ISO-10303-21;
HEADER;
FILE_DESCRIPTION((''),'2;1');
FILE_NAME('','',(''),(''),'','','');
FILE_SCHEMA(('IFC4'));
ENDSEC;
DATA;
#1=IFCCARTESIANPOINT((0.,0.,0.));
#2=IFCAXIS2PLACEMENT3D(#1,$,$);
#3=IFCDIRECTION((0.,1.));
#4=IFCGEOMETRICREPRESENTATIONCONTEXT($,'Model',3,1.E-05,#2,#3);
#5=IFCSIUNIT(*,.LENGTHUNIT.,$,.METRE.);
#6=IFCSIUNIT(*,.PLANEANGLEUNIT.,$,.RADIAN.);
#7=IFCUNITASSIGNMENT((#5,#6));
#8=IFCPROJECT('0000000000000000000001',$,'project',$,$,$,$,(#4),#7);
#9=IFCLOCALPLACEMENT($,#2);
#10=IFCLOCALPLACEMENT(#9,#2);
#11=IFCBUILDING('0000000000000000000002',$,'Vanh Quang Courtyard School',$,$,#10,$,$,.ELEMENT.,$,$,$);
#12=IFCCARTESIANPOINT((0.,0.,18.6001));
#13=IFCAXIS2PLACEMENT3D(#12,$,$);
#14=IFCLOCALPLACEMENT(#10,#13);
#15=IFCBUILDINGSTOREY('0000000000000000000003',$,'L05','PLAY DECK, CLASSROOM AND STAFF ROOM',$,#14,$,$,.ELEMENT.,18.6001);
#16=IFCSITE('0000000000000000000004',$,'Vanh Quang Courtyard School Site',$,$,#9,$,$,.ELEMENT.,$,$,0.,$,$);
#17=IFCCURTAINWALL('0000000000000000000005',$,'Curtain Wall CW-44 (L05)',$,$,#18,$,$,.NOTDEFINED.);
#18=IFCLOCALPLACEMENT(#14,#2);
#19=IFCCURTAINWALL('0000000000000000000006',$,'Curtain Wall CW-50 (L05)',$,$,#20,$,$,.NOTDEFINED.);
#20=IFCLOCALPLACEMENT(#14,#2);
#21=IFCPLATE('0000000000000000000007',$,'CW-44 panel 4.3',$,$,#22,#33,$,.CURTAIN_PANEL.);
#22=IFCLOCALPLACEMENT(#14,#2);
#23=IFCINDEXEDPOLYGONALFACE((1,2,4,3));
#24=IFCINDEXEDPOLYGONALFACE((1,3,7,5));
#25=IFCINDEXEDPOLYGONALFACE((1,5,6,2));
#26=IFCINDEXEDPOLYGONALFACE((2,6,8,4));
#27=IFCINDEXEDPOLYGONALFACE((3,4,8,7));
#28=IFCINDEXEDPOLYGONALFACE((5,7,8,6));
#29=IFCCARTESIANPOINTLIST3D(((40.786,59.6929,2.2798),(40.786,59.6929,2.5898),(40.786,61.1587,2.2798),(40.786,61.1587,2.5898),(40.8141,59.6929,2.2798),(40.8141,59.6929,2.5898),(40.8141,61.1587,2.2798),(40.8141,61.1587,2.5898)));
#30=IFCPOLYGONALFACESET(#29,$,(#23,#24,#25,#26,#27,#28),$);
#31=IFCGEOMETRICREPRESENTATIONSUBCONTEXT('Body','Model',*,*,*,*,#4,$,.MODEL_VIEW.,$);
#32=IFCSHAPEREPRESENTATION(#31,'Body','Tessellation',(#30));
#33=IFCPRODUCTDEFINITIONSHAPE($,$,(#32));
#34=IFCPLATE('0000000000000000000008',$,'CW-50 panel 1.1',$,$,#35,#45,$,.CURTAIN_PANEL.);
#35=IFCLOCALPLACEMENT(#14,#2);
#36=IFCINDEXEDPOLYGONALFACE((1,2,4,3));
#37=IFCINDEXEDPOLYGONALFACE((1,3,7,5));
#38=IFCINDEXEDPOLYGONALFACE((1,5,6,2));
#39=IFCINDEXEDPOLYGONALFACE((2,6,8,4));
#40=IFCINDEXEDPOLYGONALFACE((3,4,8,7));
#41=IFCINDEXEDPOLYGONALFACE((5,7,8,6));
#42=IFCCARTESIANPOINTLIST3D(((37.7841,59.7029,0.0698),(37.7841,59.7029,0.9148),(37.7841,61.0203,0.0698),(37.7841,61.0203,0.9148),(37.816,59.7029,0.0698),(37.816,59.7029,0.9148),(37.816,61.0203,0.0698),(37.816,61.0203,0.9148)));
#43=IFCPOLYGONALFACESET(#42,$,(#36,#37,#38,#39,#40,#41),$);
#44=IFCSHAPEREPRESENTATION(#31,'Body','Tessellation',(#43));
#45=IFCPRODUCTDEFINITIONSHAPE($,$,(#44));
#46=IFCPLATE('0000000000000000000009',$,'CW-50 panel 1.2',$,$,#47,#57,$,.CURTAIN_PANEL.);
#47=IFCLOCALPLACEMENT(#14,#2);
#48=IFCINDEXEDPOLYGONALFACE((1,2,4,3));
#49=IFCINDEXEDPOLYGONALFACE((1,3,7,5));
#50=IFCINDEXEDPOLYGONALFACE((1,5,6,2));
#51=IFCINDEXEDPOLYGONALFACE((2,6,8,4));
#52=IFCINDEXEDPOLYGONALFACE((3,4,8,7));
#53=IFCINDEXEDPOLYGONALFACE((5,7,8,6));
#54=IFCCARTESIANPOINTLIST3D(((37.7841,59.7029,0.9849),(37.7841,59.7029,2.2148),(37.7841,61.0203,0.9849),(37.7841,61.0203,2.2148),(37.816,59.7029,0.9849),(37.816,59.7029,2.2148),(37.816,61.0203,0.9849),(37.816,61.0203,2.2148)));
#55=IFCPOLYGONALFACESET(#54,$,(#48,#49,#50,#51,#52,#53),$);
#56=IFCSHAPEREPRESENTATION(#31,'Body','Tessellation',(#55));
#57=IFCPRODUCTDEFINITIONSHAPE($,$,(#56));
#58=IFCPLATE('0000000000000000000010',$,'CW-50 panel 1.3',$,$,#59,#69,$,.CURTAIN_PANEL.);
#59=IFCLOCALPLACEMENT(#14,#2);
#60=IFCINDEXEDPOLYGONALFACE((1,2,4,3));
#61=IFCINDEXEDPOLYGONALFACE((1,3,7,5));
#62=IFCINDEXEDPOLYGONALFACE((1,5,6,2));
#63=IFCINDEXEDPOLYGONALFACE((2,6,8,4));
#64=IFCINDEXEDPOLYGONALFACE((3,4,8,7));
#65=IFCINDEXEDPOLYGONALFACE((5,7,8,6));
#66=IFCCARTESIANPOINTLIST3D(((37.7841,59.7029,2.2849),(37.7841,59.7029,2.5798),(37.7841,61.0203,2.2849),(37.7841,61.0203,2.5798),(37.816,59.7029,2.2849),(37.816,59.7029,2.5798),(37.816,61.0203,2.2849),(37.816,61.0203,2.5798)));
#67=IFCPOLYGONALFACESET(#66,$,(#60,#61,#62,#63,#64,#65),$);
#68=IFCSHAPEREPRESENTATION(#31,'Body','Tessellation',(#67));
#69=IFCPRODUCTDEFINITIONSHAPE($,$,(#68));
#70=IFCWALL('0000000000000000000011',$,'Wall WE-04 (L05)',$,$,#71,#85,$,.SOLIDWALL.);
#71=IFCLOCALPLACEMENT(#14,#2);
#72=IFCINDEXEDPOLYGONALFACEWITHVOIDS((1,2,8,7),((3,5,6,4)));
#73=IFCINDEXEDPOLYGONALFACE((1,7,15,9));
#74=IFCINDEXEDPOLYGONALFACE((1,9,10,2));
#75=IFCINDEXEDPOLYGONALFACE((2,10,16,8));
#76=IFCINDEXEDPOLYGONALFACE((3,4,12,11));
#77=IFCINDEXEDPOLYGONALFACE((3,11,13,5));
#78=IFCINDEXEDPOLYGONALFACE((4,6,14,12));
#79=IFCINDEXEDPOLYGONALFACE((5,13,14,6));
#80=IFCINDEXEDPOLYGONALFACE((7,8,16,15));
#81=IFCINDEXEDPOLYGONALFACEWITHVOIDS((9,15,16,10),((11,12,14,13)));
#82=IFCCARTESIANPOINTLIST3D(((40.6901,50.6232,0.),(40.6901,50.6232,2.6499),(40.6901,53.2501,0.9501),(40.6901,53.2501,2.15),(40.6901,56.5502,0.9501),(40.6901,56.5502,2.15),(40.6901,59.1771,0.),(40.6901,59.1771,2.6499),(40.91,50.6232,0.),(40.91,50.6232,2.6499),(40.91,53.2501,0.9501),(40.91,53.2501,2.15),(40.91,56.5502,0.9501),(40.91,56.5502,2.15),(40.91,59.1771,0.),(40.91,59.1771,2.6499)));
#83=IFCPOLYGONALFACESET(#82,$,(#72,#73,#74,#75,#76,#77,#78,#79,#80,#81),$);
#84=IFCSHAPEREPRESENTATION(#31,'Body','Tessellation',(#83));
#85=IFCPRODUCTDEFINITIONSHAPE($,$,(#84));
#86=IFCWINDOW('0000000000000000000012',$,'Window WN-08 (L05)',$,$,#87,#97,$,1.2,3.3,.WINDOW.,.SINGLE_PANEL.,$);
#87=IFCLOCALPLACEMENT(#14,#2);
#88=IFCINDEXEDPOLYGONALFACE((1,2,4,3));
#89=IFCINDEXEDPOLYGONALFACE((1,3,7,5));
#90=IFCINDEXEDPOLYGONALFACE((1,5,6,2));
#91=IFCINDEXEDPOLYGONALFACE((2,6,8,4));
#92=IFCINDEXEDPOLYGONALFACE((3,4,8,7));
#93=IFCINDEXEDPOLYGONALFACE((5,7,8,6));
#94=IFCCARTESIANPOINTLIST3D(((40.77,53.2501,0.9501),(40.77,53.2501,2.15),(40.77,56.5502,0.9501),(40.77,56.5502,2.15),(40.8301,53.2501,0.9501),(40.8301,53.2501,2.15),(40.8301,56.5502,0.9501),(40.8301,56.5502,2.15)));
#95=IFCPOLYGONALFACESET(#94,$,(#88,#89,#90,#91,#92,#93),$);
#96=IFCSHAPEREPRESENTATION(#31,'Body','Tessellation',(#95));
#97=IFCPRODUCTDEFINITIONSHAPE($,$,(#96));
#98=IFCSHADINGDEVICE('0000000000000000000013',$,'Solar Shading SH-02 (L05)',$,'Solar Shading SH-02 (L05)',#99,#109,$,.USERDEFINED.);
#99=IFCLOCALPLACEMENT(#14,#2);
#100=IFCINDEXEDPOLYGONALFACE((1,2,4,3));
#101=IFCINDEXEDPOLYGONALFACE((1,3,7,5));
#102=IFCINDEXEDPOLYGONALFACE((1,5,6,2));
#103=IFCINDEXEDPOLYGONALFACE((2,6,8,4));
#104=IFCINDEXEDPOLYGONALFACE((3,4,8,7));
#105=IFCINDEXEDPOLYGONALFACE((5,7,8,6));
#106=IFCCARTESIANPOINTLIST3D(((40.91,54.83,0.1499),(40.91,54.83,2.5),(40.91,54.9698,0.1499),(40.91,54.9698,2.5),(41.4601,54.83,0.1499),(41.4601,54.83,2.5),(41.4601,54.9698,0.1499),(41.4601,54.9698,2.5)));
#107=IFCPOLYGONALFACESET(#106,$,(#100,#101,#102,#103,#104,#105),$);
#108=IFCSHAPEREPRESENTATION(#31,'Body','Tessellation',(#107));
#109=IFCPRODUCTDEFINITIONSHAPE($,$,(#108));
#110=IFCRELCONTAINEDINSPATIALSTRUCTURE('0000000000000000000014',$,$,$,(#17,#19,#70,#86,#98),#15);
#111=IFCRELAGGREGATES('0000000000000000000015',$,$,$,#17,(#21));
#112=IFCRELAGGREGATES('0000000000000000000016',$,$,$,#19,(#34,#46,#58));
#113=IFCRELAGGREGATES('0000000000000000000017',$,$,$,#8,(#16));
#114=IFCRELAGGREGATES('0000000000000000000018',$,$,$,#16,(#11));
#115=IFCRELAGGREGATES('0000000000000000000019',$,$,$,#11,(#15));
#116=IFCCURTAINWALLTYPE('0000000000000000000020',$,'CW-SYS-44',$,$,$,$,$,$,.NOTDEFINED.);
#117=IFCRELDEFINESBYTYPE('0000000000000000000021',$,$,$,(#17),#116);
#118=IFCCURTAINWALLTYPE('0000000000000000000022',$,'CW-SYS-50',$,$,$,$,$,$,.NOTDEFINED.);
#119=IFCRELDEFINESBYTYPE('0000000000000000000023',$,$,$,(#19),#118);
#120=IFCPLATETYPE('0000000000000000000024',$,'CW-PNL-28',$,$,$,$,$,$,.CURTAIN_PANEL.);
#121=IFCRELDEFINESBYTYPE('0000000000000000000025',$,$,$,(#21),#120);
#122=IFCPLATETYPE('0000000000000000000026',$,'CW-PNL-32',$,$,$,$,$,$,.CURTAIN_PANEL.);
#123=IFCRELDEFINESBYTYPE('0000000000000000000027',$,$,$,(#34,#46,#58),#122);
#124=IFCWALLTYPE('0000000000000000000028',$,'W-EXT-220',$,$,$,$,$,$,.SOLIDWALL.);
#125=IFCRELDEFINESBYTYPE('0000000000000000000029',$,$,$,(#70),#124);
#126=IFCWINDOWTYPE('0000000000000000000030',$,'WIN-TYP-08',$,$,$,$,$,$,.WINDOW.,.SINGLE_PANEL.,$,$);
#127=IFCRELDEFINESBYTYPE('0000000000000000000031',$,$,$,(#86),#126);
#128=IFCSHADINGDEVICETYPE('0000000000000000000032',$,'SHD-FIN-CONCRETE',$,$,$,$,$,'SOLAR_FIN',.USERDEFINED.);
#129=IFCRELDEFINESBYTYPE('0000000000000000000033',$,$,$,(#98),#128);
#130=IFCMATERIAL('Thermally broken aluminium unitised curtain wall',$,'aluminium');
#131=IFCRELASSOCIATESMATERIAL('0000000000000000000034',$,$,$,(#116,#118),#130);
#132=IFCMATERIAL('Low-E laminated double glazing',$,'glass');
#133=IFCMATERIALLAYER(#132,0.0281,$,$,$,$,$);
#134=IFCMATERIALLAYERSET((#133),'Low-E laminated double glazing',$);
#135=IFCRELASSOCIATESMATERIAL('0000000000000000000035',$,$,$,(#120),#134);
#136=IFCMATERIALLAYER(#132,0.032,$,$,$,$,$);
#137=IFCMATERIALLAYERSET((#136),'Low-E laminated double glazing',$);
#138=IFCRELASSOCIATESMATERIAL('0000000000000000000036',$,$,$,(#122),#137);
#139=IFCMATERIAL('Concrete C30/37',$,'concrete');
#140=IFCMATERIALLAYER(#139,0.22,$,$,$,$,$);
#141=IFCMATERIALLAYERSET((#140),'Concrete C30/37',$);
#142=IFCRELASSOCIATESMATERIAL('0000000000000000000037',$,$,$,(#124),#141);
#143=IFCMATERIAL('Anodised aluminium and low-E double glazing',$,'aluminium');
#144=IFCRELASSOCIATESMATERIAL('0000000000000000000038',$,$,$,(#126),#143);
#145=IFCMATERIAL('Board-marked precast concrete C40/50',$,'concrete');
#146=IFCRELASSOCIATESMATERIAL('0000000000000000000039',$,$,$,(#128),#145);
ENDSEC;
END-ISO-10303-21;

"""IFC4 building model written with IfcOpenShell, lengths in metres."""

from ifc_helpers import new_model, si_unit, direction, frame, frame_2d, origin, origin_2d, place, context, subcontext, project, spatial, rectangle, extrude, material, layer, layer_set, type_object, element, fill, aggregate, save


model = new_model("IFC4")

# Units and contexts
model_context = context("Model", 3, precision=1e-05, world=origin(), true_north=direction((0.0, 1.0)))
body_context = subcontext(model_context, "Body", "Model", "MODEL_VIEW")
ifc_project = project(units=[si_unit("LENGTHUNIT", "METRE"), si_unit("PLANEANGLEUNIT", "RADIAN")], contexts=[model_context])

# Site, building, storey
site_placement = place(None, origin())
site = spatial("IfcSite", under=ifc_project, at=site_placement, Name="Vanh Quang Courtyard School Site", CompositionType="ELEMENT", RefElevation=0.0)
building_placement = place(site_placement, origin())
building = spatial("IfcBuilding", under=site, at=building_placement, Name="Vanh Quang Courtyard School", CompositionType="ELEMENT")
storey_placement = place(building_placement, frame((0.0, 0.0, 18.6001)))
storey = spatial("IfcBuildingStorey", under=building, at=storey_placement, Name="L05", Description="PLAY DECK, CLASSROOM AND STAFF ROOM", CompositionType="ELEMENT", Elevation=18.6001)

# Curtain wall
ifc_material_1 = material(Name="Thermally broken aluminium unitised curtain wall", Category="aluminium")
curtain_wall_type_1 = type_object("IfcCurtainWallType", Name="CW-SYS-44", PredefinedType="NOTDEFINED", material=ifc_material_1)
curtain_wall_1_placement = place(storey_placement, origin())
curtain_wall_1 = element("IfcCurtainWall", 1, at=curtain_wall_1_placement, inside=storey, type_object=curtain_wall_type_1, Name="Curtain Wall CW-44 (L05)", PredefinedType="NOTDEFINED")

# Curtain wall
curtain_wall_type_2 = type_object("IfcCurtainWallType", Name="CW-SYS-50", PredefinedType="NOTDEFINED", material=ifc_material_1)
curtain_wall_2_placement = place(storey_placement, origin())
curtain_wall_2 = element("IfcCurtainWall", 2, at=curtain_wall_2_placement, inside=storey, type_object=curtain_wall_type_2, Name="Curtain Wall CW-50 (L05)", PredefinedType="NOTDEFINED")

# Plates
ifc_material_2 = material(Name="Low-E laminated double glazing", Category="glass")
ifc_layer_1 = layer(ifc_material_2, 0.0281)
ifc_layer_set_1 = layer_set([ifc_layer_1], Name="Low-E laminated double glazing")
plate_type_1 = type_object("IfcPlateType", Name="CW-PNL-28", PredefinedType="CURTAIN_PANEL", material=ifc_layer_set_1)
plate_1_placement = place(storey_placement, frame((40.8, 60.4258, 2.2798), z_axis=(0.0, 0.0, 1.0), x_axis=(0.0, -1.0, 0.0)))
plate_1 = element("IfcPlate", 3, at=plate_1_placement, type_object=plate_type_1, Name="CW-44 panel 4.3", PredefinedType="CURTAIN_PANEL", context=body_context, shape_type="SweptSolid", body=[
    extrude(rectangle(XDim=1.4658, YDim=0.0281, at=origin_2d()), origin(), (0.0, 0.0, 1.0), 0.3101),
])
aggregate(curtain_wall_1, [plate_1])
ifc_layer_2 = layer(ifc_material_2, 0.032)
ifc_layer_set_2 = layer_set([ifc_layer_2], Name="Low-E laminated double glazing")
plate_type_2 = type_object("IfcPlateType", Name="CW-PNL-32", PredefinedType="CURTAIN_PANEL", material=ifc_layer_set_2)
plate_2_placement = place(storey_placement, frame((37.8, 60.3616, 0.0698), z_axis=(0.0, 0.0, 1.0), x_axis=(0.0, 1.0, 0.0)))
plate_2 = element("IfcPlate", 4, at=plate_2_placement, type_object=plate_type_2, Name="CW-50 panel 1.1", PredefinedType="CURTAIN_PANEL", context=body_context, shape_type="SweptSolid", body=[
    extrude(rectangle(XDim=1.3174, YDim=0.032, at=origin_2d()), origin(), (0.0, 0.0, 1.0), 0.845),
])
plate_3_placement = place(storey_placement, frame((37.8, 60.3616, 0.9849), z_axis=(0.0, 0.0, 1.0), x_axis=(0.0, 1.0, 0.0)))
plate_3 = element("IfcPlate", 5, at=plate_3_placement, type_object=plate_type_2, Name="CW-50 panel 1.2", PredefinedType="CURTAIN_PANEL", context=body_context, shape_type="SweptSolid", body=[
    extrude(rectangle(XDim=1.3174, YDim=0.032, at=origin_2d()), origin(), (0.0, 0.0, 1.0), 1.23),
])
plate_4_placement = place(storey_placement, frame((37.8, 60.3616, 2.2849), z_axis=(0.0, 0.0, 1.0), x_axis=(0.0, 1.0, 0.0)))
plate_4 = element("IfcPlate", 6, at=plate_4_placement, type_object=plate_type_2, Name="CW-50 panel 1.3", PredefinedType="CURTAIN_PANEL", context=body_context, shape_type="SweptSolid", body=[
    extrude(rectangle(XDim=1.3174, YDim=0.032, at=origin_2d()), origin(), (0.0, 0.0, 1.0), 0.2949),
])
aggregate(curtain_wall_2, [plate_2, plate_3, plate_4])

# Wall, opening, window
ifc_material_3 = material(Name="Concrete C30/37", Category="concrete")
ifc_layer_3 = layer(ifc_material_3, 0.22)
ifc_layer_set_3 = layer_set([ifc_layer_3], Name="Concrete C30/37")
wall_type = type_object("IfcWallType", Name="W-EXT-220", PredefinedType="SOLIDWALL", material=ifc_layer_set_3)
wall_placement = place(storey_placement, frame((40.8, 59.177, 0.0), z_axis=(0.0, 0.0, 1.0), x_axis=(0.0, -1.0, 0.0)))
wall = element("IfcWall", 7, at=wall_placement, inside=storey, type_object=wall_type, Name="Wall WE-04 (L05)", PredefinedType="SOLIDWALL", context=body_context, shape_type="SweptSolid", body=[
    extrude(rectangle(XDim=8.554, YDim=0.22, at=frame_2d((4.2769, 0.0))), origin(), (0.0, 0.0, 1.0), 2.6499),
])
opening_placement = place(wall_placement, frame((2.627, 0.0, 0.95)))
opening = element("IfcOpeningElement", 8, at=opening_placement, cuts=wall, PredefinedType="OPENING", context=body_context, shape_type="SweptSolid", body=[
    extrude(rectangle(XDim=3.3, YDim=1.2, at=frame_2d((1.6499, 0.6001))), frame((0.0, 0.1201, 0.0), z_axis=(0.0, -1.0, 0.0), x_axis=(1.0, 0.0, 0.0)), (0.0, 0.0, 1.0), 0.24),
])
ifc_material_4 = material(Name="Anodised aluminium and low-E double glazing", Category="aluminium")
window_type = type_object("IfcWindowType", Name="WIN-TYP-08", PartitioningType="SINGLE_PANEL", PredefinedType="WINDOW", material=ifc_material_4)
window_placement = place(opening_placement, origin())
window = element("IfcWindow", 9, at=window_placement, inside=storey, type_object=window_type, Name="Window WN-08 (L05)", OverallHeight=1.2, OverallWidth=3.3, PartitioningType="SINGLE_PANEL", PredefinedType="WINDOW", context=body_context, shape_type="SweptSolid", body=[
    extrude(rectangle(XDim=3.3, YDim=1.2, at=frame_2d((1.6499, 0.6001))), frame((0.0, 0.03, 0.0), z_axis=(0.0, -1.0, 0.0), x_axis=(1.0, 0.0, 0.0)), (0.0, 0.0, 1.0), 0.0601),
])
fill(opening, window)

# Shading device
ifc_material_5 = material(Name="Board-marked precast concrete C40/50", Category="concrete")
shading_device_type = type_object("IfcShadingDeviceType", Name="SHD-FIN-CONCRETE", ElementType="SOLAR_FIN", PredefinedType="USERDEFINED", material=ifc_material_5)
shading_device_placement = place(storey_placement, frame((41.1851, 54.8999, 0.1499), z_axis=(0.0, 0.0, 1.0), x_axis=(0.0, -1.0, 0.0)))
element("IfcShadingDevice", 10, at=shading_device_placement, inside=storey, type_object=shading_device_type, Name="Solar Shading SH-02 (L05)", ObjectType="Solar Shading SH-02 (L05)", PredefinedType="USERDEFINED", context=body_context, shape_type="SweptSolid", body=[
    extrude(rectangle(XDim=0.1399, YDim=0.55, at=origin_2d()), origin(), (0.0, 0.0, 1.0), 2.3501),
])

save(model, "model.ifc")
